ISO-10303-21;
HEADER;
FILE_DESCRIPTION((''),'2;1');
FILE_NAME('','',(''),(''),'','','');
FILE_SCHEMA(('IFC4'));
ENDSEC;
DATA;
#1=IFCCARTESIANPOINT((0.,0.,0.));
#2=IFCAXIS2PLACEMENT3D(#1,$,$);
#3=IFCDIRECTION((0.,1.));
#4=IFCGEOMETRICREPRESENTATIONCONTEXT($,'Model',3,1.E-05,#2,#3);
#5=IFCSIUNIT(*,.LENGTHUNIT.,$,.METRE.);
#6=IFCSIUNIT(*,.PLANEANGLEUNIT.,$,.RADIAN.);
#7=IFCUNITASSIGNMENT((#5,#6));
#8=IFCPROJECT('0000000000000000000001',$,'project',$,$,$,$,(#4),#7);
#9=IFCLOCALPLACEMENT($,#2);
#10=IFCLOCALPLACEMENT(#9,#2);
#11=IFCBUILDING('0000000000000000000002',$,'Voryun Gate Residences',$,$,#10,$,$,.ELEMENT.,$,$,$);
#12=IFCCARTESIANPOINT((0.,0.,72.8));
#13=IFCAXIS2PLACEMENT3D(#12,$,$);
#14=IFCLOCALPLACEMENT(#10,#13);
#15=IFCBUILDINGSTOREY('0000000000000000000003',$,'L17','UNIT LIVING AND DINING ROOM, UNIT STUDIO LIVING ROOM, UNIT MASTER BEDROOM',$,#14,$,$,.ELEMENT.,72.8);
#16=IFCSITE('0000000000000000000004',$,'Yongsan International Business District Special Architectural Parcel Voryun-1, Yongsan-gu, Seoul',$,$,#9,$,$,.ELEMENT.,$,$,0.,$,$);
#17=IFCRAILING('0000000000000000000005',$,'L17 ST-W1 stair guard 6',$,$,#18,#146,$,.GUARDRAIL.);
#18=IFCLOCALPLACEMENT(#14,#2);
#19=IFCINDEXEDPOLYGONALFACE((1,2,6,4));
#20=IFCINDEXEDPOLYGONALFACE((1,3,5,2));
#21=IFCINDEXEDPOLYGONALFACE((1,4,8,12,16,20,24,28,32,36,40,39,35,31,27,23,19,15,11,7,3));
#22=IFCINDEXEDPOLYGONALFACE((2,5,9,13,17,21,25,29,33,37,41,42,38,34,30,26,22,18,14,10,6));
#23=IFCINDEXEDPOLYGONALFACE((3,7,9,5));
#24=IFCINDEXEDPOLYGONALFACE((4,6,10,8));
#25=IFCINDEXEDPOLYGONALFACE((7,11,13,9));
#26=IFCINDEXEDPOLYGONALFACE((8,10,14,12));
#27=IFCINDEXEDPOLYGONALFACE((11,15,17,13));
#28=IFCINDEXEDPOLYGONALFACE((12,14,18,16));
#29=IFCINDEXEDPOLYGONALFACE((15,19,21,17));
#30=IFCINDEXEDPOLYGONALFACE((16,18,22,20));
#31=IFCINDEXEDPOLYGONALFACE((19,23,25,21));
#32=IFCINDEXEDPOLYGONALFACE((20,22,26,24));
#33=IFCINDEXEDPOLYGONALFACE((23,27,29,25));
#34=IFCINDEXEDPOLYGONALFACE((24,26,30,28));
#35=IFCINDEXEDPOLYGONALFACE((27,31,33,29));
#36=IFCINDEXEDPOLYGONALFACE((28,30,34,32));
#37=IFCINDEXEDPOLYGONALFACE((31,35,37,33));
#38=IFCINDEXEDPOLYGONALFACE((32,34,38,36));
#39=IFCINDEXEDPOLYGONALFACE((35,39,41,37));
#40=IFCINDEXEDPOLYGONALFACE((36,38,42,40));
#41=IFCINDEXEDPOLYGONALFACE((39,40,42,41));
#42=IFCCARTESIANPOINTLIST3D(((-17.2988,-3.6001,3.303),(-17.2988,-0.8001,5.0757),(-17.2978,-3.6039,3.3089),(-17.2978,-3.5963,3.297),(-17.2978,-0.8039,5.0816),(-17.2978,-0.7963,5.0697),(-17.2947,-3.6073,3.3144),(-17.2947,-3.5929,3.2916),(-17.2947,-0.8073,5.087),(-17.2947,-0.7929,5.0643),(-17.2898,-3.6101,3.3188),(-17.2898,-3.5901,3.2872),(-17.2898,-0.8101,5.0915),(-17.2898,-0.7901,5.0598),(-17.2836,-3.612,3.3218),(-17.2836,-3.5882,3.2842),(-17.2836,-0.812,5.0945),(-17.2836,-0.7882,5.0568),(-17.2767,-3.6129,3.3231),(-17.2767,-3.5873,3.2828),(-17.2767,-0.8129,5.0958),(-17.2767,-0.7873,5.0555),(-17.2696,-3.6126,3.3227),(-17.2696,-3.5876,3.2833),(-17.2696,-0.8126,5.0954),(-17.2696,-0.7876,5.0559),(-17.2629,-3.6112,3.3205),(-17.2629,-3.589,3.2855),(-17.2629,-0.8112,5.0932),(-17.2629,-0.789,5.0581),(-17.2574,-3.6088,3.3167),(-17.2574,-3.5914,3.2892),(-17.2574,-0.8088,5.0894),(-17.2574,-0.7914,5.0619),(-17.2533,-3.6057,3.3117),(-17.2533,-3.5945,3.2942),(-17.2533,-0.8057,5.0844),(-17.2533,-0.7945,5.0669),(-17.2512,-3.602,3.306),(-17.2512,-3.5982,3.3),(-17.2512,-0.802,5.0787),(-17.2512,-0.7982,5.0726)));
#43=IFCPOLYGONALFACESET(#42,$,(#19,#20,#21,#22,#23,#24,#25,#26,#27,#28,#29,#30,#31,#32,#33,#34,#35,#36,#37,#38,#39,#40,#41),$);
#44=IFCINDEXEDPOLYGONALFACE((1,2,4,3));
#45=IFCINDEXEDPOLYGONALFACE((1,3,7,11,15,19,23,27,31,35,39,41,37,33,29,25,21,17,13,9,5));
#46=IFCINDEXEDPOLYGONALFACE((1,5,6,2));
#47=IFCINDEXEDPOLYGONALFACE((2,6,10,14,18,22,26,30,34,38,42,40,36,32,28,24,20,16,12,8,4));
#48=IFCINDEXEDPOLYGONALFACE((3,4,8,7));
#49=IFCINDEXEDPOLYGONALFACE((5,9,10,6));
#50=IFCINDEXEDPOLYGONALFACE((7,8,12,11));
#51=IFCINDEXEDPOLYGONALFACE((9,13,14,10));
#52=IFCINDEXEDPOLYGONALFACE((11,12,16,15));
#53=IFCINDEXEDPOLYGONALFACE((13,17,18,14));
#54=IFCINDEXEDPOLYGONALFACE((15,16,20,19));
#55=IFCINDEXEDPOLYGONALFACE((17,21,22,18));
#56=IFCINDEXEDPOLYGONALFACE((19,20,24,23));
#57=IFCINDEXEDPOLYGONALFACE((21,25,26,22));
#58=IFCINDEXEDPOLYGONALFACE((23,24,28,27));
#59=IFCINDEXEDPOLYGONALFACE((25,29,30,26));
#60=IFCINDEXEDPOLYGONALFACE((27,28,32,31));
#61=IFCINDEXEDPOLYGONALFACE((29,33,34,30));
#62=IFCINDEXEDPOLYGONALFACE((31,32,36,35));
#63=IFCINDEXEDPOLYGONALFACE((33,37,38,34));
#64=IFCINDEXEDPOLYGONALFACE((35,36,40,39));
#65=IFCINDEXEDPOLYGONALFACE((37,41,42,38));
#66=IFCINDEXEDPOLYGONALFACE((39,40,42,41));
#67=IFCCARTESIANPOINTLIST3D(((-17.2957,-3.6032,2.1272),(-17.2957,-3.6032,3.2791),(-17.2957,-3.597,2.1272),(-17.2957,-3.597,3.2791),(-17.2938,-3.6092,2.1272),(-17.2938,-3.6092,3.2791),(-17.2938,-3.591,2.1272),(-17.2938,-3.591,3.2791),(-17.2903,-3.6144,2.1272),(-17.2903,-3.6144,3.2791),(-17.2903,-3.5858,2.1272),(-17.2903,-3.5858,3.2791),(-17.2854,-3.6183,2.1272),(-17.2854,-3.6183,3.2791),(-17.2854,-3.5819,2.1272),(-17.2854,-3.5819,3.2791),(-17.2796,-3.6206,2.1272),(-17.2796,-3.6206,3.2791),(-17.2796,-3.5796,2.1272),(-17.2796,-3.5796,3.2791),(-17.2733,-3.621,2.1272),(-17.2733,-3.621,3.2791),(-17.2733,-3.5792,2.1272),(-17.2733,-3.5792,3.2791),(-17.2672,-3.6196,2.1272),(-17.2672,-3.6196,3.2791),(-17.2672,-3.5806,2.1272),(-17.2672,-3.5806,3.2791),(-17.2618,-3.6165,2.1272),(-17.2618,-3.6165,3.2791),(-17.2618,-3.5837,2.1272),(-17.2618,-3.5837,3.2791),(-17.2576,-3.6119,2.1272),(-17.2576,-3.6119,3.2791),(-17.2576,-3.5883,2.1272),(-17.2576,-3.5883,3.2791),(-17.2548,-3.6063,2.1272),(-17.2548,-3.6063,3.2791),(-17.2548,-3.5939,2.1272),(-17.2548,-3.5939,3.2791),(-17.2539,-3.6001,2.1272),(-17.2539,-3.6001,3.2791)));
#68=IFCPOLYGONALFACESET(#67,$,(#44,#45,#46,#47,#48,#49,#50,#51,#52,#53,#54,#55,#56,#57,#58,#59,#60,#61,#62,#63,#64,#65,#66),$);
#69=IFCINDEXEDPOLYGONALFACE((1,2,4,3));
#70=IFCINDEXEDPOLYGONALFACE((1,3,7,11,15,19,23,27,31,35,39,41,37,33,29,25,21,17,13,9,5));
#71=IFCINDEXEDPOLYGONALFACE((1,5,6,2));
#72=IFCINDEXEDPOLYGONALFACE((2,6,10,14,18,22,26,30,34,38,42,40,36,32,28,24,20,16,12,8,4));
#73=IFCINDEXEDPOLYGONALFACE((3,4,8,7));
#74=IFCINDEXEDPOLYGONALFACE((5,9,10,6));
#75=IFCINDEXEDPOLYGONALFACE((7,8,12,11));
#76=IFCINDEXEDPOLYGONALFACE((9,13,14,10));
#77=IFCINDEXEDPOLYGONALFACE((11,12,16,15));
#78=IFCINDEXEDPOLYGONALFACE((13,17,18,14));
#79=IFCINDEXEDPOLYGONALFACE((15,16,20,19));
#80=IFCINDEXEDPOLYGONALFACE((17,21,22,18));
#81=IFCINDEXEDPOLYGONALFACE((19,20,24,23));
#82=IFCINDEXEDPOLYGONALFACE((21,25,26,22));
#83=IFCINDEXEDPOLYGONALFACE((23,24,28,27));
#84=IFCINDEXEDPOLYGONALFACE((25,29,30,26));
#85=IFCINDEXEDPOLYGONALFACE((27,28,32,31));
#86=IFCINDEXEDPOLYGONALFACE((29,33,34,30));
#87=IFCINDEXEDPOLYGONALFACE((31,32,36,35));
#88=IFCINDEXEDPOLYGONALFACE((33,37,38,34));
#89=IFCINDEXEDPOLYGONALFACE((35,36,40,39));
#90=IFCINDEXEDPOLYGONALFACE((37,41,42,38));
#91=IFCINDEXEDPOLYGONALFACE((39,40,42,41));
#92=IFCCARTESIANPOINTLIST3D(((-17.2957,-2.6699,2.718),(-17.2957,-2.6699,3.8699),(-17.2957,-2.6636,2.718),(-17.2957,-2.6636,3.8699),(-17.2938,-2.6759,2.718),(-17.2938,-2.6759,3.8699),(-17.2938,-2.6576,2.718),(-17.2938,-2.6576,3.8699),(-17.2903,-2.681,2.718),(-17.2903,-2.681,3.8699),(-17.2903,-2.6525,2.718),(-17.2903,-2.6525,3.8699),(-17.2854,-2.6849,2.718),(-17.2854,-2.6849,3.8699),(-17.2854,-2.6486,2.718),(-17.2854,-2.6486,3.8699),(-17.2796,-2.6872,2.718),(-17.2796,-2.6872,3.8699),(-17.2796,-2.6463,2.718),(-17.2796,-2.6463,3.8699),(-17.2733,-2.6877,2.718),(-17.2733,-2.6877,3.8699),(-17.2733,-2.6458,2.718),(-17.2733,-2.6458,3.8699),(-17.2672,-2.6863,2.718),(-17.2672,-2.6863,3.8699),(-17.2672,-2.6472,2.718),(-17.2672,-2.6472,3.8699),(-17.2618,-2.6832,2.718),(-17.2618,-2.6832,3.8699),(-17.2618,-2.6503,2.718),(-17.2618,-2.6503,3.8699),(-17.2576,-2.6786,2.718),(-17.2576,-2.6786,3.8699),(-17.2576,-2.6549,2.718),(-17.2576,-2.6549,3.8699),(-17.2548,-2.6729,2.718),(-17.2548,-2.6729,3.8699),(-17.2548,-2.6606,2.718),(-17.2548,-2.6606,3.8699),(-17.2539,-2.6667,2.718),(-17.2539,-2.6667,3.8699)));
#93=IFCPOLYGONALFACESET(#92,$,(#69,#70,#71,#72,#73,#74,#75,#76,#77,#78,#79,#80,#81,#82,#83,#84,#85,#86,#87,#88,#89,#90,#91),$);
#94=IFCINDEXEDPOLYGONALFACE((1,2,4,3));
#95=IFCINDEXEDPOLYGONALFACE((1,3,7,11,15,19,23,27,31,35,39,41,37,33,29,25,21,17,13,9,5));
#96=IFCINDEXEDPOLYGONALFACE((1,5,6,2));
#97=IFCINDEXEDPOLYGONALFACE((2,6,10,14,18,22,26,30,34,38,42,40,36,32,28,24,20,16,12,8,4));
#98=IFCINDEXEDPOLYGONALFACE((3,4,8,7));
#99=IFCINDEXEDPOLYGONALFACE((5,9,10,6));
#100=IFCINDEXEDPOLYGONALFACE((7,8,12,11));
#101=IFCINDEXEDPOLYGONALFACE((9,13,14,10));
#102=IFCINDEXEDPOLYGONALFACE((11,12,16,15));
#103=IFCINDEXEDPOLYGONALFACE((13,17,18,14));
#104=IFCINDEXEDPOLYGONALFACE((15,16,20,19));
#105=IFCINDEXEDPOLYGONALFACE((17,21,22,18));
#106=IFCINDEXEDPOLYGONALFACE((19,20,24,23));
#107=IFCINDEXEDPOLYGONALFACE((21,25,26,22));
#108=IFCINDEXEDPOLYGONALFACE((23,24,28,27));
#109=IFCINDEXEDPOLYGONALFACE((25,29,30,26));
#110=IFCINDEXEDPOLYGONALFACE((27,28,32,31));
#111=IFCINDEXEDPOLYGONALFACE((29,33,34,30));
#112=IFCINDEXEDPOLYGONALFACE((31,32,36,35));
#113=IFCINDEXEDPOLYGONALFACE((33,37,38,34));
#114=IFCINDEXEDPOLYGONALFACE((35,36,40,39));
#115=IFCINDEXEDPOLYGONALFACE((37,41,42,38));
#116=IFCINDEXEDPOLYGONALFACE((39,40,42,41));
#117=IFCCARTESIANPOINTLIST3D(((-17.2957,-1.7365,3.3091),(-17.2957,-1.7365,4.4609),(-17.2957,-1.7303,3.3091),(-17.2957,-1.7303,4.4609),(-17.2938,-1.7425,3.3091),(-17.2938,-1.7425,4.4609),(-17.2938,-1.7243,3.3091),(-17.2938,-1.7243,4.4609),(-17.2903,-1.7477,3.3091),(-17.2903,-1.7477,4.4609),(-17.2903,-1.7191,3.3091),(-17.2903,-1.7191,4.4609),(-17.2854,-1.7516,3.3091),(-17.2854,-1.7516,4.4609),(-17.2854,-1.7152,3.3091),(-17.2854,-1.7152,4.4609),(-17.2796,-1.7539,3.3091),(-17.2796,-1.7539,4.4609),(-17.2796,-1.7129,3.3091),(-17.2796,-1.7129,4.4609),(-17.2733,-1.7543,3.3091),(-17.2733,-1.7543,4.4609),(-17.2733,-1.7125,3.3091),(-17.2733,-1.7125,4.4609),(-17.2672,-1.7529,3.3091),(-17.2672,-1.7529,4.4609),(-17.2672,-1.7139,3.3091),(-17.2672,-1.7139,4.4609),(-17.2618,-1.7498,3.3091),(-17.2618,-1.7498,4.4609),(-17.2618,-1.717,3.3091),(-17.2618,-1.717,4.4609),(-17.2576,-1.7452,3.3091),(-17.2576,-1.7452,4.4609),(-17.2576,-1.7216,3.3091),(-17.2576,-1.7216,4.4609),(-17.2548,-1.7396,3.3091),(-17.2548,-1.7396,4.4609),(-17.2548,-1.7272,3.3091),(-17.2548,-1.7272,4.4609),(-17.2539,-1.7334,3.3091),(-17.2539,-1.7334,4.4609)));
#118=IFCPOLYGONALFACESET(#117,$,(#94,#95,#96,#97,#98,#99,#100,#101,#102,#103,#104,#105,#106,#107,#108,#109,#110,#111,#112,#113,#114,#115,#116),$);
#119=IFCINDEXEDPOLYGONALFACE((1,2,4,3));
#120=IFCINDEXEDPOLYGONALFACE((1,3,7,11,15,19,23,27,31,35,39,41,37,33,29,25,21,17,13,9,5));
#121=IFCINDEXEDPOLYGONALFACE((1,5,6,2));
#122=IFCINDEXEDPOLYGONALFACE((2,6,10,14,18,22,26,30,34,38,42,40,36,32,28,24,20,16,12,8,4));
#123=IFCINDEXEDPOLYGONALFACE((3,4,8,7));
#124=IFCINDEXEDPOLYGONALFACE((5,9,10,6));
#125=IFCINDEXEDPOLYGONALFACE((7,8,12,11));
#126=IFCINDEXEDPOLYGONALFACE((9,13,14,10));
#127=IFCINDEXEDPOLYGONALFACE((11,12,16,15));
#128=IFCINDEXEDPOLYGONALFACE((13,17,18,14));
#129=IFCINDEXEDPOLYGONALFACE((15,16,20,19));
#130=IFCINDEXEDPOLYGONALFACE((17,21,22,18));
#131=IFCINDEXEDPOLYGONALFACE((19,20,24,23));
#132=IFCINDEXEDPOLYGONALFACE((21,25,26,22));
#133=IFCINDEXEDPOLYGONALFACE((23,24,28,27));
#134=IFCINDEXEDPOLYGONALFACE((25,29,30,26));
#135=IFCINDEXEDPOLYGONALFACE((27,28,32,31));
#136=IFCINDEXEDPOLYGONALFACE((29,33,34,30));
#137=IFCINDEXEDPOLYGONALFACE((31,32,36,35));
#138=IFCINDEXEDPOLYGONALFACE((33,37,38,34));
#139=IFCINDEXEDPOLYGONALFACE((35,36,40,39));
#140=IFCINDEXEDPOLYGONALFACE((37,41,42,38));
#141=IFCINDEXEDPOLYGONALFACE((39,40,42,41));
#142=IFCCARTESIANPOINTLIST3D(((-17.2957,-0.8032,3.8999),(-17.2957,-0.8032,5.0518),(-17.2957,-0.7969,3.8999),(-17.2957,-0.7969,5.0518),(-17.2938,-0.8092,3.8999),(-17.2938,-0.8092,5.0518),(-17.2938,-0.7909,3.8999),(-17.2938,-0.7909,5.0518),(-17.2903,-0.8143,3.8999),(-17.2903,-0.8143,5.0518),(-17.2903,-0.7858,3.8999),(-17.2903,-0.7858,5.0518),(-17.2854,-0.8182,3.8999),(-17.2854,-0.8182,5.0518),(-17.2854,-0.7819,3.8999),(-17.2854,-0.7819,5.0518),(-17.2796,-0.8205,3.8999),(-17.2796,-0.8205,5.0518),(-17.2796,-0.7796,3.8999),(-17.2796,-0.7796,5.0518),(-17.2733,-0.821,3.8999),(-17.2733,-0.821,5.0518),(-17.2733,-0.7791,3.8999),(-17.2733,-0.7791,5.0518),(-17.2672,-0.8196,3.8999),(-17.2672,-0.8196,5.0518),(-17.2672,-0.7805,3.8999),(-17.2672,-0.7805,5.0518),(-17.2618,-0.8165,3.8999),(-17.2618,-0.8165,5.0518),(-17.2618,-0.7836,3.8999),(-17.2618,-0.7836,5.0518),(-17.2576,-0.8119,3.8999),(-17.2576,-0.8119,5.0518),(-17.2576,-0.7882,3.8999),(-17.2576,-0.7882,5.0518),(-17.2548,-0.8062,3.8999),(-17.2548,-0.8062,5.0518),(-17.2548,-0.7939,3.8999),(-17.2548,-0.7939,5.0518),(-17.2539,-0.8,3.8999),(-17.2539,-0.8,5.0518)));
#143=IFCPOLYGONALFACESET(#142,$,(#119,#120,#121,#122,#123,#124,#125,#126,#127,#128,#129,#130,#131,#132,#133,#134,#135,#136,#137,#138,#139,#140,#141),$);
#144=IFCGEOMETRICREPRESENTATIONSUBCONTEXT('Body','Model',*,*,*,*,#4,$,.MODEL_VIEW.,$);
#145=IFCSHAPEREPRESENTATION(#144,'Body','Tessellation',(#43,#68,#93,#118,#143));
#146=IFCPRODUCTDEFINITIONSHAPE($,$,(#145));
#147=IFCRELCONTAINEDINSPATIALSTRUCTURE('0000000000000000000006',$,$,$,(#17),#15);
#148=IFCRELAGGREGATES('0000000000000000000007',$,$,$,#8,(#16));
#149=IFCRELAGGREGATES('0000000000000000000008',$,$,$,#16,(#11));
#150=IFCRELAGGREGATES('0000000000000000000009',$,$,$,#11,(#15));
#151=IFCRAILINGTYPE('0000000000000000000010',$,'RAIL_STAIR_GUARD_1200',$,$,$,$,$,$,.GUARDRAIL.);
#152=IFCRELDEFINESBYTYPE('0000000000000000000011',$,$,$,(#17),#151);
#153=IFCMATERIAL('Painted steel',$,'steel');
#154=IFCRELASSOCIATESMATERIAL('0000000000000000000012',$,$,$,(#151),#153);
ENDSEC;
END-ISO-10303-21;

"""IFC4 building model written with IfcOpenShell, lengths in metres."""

from ifc_helpers import new_model, si_unit, direction, frame, origin, origin_2d, place, context, subcontext, project, spatial, circle, extrude, material, type_object, element, save


model = new_model("IFC4")

# Units and contexts
model_context = context("Model", 3, precision=1e-05, world=origin(), true_north=direction((0.0, 1.0)))
body_context = subcontext(model_context, "Body", "Model", "MODEL_VIEW")
ifc_project = project(units=[si_unit("LENGTHUNIT", "METRE"), si_unit("PLANEANGLEUNIT", "RADIAN")], contexts=[model_context])

# Site, building, storey
site_placement = place(None, origin())
site = spatial("IfcSite", under=ifc_project, at=site_placement, Name="Yongsan International Business District Special Architectural Parcel Voryun-1, Yongsan-gu, Seoul", CompositionType="ELEMENT", RefElevation=0.0)
building_placement = place(site_placement, origin())
building = spatial("IfcBuilding", under=site, at=building_placement, Name="Voryun Gate Residences", CompositionType="ELEMENT")
storey_placement = place(building_placement, frame((0.0, 0.0, 72.8)))
storey = spatial("IfcBuildingStorey", under=building, at=storey_placement, Name="L17", Description="UNIT LIVING AND DINING ROOM, UNIT STUDIO LIVING ROOM, UNIT MASTER BEDROOM", CompositionType="ELEMENT", Elevation=72.8)

# Railing
ifc_material_1 = material(Name="Painted steel", Category="steel")
railing_type_1 = type_object("IfcRailingType", Name="RAIL_STAIR_GUARD_1200", PredefinedType="GUARDRAIL", material=ifc_material_1)
railing_1_placement = place(storey_placement, frame((-17.2749, -3.6001, 2.1272)))
element("IfcRailing", 1, at=railing_1_placement, inside=storey, type_object=railing_type_1, Name="L17 ST-W1 stair guard 6", PredefinedType="GUARDRAIL", context=body_context, shape_type="SweptSolid", body=[
    extrude(circle(Radius=0.0239, at=origin_2d()), frame((0.0, 0.0, 1.1758), z_axis=(0.0, 0.844909, 0.53491), x_axis=(-1.0, 0.0, 0.0)), (0.0, 0.0, 1.0), 3.314),
    extrude(circle(Radius=0.021, at=origin_2d()), origin(), (0.0, 0.0, 1.0), 1.1519),
    extrude(circle(Radius=0.021, at=origin_2d()), frame((0.0, 0.9333, 0.5908)), (0.0, 0.0, 1.0), 1.1519),
    extrude(circle(Radius=0.021, at=origin_2d()), frame((0.0, 1.8667, 1.1819)), (0.0, 0.0, 1.0), 1.1519),
    extrude(circle(Radius=0.021, at=origin_2d()), frame((0.0, 2.8, 1.7727)), (0.0, 0.0, 1.0), 1.1519),
])

save(model, "model.ifc")
